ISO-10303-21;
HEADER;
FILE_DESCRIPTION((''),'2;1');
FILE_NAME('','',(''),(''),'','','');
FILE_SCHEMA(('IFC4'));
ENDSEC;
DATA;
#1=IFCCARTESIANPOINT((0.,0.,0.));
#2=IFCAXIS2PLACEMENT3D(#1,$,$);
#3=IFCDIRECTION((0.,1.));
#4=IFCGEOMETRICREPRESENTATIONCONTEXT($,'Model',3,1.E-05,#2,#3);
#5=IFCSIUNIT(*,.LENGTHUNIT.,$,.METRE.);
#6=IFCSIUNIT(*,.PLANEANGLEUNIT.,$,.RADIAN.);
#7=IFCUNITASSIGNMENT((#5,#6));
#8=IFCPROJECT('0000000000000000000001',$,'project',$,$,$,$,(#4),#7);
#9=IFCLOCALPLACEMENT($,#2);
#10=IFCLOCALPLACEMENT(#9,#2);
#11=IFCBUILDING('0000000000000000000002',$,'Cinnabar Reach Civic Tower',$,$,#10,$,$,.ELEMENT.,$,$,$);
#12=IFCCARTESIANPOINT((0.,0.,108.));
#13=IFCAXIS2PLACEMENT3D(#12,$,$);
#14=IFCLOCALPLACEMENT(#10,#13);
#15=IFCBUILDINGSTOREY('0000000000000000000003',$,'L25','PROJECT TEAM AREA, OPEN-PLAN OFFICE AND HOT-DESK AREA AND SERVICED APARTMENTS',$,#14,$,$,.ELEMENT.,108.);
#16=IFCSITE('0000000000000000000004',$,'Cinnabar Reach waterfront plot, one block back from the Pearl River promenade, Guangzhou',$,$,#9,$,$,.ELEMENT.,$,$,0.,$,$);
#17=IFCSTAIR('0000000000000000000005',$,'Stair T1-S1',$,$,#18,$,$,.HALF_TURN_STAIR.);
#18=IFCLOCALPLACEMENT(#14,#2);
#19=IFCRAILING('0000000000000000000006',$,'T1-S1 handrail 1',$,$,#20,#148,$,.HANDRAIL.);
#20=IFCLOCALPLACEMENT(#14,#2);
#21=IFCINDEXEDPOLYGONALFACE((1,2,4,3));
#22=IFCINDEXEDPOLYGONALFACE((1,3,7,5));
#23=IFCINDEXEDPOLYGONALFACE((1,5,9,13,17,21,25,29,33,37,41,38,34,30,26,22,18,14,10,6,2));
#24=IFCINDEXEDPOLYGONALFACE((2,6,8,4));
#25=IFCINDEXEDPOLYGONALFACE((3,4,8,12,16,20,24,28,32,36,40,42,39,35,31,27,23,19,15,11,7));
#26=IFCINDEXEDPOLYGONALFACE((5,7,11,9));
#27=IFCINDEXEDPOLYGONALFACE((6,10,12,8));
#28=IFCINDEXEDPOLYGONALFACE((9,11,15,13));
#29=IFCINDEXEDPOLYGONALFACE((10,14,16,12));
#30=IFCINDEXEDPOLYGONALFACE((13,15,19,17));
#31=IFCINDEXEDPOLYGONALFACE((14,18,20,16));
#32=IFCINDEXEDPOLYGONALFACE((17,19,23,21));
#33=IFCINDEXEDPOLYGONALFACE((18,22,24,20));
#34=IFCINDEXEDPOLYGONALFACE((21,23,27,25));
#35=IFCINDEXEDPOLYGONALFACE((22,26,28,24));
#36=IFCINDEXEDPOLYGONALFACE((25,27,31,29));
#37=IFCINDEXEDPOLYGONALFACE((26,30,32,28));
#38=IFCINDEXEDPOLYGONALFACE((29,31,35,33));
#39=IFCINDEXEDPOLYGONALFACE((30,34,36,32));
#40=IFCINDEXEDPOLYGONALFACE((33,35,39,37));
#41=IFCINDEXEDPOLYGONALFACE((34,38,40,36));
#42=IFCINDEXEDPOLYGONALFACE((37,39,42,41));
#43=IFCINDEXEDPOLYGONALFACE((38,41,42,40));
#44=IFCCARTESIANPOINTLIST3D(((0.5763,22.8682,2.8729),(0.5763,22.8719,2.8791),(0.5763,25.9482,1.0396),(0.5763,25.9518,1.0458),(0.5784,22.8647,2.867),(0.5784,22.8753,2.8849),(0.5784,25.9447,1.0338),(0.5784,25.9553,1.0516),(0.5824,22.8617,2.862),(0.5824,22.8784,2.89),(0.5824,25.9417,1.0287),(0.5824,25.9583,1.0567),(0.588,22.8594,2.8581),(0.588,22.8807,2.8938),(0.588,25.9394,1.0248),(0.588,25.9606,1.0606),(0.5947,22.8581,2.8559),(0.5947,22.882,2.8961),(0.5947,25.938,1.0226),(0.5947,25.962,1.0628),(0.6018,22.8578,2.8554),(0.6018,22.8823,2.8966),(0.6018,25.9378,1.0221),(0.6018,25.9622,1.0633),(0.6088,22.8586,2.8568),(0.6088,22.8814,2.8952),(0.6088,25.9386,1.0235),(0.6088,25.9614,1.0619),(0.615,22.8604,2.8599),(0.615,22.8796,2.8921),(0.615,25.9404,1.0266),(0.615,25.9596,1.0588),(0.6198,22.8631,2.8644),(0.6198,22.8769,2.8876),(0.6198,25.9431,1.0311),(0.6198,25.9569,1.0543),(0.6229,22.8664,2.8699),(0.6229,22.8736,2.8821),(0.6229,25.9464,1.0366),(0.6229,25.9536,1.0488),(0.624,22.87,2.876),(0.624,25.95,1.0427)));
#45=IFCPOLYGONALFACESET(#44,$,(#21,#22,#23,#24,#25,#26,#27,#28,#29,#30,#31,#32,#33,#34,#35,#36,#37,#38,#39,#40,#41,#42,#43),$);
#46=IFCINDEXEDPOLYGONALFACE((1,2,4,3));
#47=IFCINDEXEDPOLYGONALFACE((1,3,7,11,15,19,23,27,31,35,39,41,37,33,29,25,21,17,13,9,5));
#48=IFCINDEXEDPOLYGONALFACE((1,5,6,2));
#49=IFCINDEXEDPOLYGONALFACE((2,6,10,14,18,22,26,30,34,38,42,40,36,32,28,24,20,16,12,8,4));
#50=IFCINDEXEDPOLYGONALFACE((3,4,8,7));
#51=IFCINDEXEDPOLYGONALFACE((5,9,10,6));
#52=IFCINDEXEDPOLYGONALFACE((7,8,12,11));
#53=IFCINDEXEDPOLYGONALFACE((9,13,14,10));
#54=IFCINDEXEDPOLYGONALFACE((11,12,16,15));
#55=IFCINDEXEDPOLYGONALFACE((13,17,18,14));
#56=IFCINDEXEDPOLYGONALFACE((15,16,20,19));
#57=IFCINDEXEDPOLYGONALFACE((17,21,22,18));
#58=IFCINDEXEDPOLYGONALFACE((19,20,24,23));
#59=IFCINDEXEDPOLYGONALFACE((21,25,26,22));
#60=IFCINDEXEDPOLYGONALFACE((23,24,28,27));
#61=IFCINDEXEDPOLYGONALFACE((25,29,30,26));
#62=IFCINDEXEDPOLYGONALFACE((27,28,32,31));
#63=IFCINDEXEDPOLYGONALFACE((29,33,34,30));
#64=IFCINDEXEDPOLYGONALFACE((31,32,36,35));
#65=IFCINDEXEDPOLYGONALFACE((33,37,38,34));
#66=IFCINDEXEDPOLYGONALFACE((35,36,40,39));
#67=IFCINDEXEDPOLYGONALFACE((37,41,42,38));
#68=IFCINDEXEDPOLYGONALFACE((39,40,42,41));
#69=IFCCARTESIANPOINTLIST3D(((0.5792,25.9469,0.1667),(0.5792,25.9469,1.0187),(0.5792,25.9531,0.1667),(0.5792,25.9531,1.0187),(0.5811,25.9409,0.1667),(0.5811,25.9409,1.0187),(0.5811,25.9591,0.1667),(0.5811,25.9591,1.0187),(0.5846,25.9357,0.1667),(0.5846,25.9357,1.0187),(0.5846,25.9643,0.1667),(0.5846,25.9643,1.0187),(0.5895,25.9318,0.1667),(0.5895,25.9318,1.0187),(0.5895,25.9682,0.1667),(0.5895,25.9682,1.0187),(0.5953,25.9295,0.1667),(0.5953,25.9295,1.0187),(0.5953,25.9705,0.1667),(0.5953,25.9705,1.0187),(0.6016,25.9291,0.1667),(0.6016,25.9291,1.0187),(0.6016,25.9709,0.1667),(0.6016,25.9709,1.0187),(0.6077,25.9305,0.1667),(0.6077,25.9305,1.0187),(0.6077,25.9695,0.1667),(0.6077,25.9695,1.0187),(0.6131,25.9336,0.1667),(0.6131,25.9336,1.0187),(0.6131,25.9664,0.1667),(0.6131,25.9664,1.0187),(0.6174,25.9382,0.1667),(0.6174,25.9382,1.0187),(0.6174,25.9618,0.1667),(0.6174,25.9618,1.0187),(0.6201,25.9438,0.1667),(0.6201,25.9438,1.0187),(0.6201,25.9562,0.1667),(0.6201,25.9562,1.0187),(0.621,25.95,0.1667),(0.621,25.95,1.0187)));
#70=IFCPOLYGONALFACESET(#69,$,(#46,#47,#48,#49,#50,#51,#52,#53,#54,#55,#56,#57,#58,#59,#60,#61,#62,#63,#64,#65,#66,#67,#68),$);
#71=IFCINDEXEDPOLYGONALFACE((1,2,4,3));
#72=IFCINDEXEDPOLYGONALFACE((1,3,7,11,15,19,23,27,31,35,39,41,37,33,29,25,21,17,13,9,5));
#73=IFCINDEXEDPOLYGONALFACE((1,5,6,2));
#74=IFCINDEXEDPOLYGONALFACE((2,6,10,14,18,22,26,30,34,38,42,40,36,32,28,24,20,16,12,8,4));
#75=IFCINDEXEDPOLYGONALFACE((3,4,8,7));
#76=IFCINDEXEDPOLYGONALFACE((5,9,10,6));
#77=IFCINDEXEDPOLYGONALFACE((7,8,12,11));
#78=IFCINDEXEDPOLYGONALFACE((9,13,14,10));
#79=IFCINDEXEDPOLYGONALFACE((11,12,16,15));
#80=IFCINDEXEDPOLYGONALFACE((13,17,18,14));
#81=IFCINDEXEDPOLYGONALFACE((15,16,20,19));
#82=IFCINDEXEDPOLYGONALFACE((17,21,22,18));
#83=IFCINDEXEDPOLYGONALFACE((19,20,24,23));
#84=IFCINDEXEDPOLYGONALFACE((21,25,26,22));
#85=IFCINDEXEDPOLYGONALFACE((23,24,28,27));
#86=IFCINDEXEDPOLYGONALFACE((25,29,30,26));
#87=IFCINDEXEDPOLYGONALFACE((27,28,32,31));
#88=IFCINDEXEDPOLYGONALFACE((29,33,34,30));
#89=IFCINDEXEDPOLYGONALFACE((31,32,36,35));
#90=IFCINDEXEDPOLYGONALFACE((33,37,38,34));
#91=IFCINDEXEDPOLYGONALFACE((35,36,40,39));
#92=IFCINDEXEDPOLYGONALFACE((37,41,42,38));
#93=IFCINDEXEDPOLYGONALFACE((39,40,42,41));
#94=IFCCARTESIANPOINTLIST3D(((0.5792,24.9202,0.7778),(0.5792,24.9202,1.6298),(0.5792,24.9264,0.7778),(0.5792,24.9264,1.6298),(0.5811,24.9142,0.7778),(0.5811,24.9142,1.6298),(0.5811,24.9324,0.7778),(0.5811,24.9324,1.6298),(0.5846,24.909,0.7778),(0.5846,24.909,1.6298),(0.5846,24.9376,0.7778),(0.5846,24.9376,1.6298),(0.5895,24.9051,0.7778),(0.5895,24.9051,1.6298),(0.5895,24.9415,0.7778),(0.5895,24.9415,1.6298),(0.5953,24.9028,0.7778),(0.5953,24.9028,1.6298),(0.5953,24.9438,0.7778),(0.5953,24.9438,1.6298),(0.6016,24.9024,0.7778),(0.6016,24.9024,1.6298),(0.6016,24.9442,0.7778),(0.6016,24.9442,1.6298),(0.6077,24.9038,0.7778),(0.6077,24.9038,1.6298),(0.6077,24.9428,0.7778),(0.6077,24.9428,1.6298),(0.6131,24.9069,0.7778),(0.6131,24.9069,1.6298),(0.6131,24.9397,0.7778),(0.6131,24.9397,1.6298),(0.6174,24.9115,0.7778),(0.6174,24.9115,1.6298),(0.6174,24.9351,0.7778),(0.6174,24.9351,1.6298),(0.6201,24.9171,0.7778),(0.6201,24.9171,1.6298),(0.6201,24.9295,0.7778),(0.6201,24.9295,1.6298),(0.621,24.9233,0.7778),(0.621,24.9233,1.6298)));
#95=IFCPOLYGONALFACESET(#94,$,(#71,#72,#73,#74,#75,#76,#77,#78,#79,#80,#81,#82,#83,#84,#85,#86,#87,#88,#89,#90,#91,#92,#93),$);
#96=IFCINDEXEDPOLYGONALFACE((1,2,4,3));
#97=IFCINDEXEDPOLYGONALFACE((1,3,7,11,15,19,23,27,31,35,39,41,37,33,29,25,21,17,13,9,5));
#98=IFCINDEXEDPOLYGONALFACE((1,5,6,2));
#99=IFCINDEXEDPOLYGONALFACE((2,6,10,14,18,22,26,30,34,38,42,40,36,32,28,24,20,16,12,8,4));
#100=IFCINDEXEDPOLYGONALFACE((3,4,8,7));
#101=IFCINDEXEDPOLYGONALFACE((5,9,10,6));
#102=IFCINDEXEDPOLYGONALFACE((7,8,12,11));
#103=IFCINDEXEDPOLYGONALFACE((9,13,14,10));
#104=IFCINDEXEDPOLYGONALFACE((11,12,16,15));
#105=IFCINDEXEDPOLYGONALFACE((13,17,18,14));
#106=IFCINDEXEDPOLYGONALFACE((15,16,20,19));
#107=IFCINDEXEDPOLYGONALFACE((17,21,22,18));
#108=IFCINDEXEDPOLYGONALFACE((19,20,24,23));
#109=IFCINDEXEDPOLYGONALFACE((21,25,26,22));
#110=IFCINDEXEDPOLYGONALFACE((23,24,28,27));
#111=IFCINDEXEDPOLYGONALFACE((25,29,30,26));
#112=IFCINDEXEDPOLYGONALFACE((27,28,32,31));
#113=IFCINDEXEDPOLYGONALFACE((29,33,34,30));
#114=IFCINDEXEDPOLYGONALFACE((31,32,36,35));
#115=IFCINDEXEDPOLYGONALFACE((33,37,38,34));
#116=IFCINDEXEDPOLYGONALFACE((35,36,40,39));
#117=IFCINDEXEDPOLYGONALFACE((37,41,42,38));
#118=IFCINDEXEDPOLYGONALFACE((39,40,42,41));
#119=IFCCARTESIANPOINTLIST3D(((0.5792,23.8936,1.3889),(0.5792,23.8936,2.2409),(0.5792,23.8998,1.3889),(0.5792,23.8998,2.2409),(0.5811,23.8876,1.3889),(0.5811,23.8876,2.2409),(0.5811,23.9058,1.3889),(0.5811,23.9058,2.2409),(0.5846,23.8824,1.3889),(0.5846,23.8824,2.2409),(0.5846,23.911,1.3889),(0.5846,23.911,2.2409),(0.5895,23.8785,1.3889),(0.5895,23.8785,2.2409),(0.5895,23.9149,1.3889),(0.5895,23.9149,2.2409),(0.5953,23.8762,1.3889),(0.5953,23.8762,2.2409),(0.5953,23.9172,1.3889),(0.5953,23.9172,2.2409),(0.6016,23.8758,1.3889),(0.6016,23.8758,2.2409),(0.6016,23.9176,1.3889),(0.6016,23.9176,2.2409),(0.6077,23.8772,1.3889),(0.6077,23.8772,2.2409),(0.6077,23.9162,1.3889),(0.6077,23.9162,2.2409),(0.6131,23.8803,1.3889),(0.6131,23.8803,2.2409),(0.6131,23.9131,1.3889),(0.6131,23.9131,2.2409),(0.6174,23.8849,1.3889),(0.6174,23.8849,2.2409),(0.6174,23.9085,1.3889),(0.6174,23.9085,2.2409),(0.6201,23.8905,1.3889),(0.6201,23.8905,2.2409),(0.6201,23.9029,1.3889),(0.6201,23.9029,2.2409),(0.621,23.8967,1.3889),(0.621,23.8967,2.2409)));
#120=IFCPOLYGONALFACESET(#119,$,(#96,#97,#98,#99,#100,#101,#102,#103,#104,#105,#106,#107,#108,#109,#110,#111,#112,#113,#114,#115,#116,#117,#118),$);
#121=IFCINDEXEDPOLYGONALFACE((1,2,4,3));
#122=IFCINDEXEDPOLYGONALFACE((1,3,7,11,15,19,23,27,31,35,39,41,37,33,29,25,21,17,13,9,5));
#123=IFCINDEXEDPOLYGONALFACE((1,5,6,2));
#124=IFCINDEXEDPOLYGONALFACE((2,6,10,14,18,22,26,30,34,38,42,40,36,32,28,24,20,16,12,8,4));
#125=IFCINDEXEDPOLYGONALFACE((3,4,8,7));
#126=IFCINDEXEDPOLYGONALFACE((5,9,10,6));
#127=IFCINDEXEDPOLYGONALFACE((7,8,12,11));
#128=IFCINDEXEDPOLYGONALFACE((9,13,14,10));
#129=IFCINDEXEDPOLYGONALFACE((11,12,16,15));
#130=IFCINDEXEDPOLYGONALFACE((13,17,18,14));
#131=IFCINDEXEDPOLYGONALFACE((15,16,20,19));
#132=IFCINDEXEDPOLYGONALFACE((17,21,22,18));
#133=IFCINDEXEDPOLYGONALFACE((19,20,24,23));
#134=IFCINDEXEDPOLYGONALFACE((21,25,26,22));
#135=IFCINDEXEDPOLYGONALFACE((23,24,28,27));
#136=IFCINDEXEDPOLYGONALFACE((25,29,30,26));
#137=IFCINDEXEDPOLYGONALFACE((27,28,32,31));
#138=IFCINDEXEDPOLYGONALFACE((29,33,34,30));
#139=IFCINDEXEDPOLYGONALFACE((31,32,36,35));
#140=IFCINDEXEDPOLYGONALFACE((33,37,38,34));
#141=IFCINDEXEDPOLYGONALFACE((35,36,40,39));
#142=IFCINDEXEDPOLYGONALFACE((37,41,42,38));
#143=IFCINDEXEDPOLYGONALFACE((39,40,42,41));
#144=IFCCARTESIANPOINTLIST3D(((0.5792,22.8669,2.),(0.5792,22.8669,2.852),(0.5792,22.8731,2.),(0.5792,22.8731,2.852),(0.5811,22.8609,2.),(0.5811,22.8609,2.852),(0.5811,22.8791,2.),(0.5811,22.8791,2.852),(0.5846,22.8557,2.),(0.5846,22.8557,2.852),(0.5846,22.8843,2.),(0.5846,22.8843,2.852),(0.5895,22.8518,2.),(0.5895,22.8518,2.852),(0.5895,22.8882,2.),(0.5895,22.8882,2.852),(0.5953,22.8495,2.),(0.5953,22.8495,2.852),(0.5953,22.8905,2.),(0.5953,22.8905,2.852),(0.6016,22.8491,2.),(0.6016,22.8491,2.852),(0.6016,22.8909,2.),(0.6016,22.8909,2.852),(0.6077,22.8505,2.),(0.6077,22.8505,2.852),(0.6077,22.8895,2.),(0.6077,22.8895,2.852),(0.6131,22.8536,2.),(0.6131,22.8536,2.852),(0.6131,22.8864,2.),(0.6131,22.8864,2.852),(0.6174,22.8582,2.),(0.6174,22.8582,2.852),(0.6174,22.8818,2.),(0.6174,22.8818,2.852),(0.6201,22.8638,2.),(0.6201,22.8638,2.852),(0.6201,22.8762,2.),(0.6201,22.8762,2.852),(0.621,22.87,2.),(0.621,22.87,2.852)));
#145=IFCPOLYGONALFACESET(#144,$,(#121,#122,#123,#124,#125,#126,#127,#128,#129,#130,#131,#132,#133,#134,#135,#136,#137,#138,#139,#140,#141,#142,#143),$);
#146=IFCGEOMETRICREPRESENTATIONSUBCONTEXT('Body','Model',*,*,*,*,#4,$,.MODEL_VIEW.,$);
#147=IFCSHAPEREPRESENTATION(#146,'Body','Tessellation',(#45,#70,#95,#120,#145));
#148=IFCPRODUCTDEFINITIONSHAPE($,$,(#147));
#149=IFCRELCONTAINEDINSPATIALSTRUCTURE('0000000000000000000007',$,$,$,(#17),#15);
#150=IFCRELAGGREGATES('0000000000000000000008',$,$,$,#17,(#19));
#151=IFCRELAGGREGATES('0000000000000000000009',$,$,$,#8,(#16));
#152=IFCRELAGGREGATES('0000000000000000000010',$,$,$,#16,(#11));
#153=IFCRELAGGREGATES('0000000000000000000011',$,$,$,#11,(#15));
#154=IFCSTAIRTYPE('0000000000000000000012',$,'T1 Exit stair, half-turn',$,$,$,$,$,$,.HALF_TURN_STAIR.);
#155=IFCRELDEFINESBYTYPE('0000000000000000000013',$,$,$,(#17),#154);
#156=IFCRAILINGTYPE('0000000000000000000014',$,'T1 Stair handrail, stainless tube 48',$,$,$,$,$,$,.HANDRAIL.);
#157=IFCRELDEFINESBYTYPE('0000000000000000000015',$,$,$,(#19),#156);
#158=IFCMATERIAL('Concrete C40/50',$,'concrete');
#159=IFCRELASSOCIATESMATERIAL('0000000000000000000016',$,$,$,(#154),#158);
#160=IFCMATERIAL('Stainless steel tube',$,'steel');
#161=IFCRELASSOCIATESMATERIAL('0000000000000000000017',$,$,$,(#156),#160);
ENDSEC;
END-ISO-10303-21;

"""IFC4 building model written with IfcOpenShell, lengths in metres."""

from ifc_helpers import new_model, si_unit, direction, frame, origin, origin_2d, place, context, subcontext, project, spatial, circle, extrude, material, type_object, element, aggregate, save


model = new_model("IFC4")

# Units and contexts
model_context = context("Model", 3, precision=1e-05, world=origin(), true_north=direction((0.0, 1.0)))
body_context = subcontext(model_context, "Body", "Model", "MODEL_VIEW")
ifc_project = project(units=[si_unit("LENGTHUNIT", "METRE"), si_unit("PLANEANGLEUNIT", "RADIAN")], contexts=[model_context])

# Site, building, storey
site_placement = place(None, origin())
site = spatial("IfcSite", under=ifc_project, at=site_placement, Name="Cinnabar Reach waterfront plot, one block back from the Pearl River promenade, Guangzhou", CompositionType="ELEMENT", RefElevation=0.0)
building_placement = place(site_placement, origin())
building = spatial("IfcBuilding", under=site, at=building_placement, Name="Cinnabar Reach Civic Tower", CompositionType="ELEMENT")
storey_placement = place(building_placement, frame((0.0, 0.0, 108.0)))
storey = spatial("IfcBuildingStorey", under=building, at=storey_placement, Name="L25", Description="PROJECT TEAM AREA, OPEN-PLAN OFFICE AND HOT-DESK AREA AND SERVICED APARTMENTS", CompositionType="ELEMENT", Elevation=108.0)

# Stair, railing
ifc_material_1 = material(Name="Concrete C40/50", Category="concrete")
stair_type = type_object("IfcStairType", Name="T1 Exit stair, half-turn", PredefinedType="HALF_TURN_STAIR", material=ifc_material_1)
stair_placement = place(storey_placement, origin())
stair = element("IfcStair", 1, at=stair_placement, inside=storey, type_object=stair_type, Name="Stair T1-S1", PredefinedType="HALF_TURN_STAIR")
ifc_material_2 = material(Name="Stainless steel tube", Category="steel")
railing_type = type_object("IfcRailingType", Name="T1 Stair handrail, stainless tube 48", PredefinedType="HANDRAIL", material=ifc_material_2)
railing_1_placement = place(storey_placement, frame((0.6, 25.95, 0.1667)))
railing_1 = element("IfcRailing", 2, at=railing_1_placement, type_object=railing_type, Name="T1-S1 handrail 1", PredefinedType="HANDRAIL", context=body_context, shape_type="SweptSolid", body=[
    extrude(circle(Radius=0.024, at=origin_2d()), frame((0.0, 0.0, 0.876), z_axis=(0.0, -0.859297, 0.511477), x_axis=(1.0, 0.0, 0.0)), (0.0, 0.0, 1.0), 3.5843),
    extrude(circle(Radius=0.021, at=origin_2d()), origin(), (0.0, 0.0, 1.0), 0.852),
    extrude(circle(Radius=0.021, at=origin_2d()), frame((0.0, -1.0267, 0.6111)), (0.0, 0.0, 1.0), 0.852),
    extrude(circle(Radius=0.021, at=origin_2d()), frame((0.0, -2.0533, 1.2222)), (0.0, 0.0, 1.0), 0.852),
    extrude(circle(Radius=0.021, at=origin_2d()), frame((0.0, -3.08, 1.8333)), (0.0, 0.0, 1.0), 0.852),
])
aggregate(stair, [railing_1])

save(model, "model.ifc")
